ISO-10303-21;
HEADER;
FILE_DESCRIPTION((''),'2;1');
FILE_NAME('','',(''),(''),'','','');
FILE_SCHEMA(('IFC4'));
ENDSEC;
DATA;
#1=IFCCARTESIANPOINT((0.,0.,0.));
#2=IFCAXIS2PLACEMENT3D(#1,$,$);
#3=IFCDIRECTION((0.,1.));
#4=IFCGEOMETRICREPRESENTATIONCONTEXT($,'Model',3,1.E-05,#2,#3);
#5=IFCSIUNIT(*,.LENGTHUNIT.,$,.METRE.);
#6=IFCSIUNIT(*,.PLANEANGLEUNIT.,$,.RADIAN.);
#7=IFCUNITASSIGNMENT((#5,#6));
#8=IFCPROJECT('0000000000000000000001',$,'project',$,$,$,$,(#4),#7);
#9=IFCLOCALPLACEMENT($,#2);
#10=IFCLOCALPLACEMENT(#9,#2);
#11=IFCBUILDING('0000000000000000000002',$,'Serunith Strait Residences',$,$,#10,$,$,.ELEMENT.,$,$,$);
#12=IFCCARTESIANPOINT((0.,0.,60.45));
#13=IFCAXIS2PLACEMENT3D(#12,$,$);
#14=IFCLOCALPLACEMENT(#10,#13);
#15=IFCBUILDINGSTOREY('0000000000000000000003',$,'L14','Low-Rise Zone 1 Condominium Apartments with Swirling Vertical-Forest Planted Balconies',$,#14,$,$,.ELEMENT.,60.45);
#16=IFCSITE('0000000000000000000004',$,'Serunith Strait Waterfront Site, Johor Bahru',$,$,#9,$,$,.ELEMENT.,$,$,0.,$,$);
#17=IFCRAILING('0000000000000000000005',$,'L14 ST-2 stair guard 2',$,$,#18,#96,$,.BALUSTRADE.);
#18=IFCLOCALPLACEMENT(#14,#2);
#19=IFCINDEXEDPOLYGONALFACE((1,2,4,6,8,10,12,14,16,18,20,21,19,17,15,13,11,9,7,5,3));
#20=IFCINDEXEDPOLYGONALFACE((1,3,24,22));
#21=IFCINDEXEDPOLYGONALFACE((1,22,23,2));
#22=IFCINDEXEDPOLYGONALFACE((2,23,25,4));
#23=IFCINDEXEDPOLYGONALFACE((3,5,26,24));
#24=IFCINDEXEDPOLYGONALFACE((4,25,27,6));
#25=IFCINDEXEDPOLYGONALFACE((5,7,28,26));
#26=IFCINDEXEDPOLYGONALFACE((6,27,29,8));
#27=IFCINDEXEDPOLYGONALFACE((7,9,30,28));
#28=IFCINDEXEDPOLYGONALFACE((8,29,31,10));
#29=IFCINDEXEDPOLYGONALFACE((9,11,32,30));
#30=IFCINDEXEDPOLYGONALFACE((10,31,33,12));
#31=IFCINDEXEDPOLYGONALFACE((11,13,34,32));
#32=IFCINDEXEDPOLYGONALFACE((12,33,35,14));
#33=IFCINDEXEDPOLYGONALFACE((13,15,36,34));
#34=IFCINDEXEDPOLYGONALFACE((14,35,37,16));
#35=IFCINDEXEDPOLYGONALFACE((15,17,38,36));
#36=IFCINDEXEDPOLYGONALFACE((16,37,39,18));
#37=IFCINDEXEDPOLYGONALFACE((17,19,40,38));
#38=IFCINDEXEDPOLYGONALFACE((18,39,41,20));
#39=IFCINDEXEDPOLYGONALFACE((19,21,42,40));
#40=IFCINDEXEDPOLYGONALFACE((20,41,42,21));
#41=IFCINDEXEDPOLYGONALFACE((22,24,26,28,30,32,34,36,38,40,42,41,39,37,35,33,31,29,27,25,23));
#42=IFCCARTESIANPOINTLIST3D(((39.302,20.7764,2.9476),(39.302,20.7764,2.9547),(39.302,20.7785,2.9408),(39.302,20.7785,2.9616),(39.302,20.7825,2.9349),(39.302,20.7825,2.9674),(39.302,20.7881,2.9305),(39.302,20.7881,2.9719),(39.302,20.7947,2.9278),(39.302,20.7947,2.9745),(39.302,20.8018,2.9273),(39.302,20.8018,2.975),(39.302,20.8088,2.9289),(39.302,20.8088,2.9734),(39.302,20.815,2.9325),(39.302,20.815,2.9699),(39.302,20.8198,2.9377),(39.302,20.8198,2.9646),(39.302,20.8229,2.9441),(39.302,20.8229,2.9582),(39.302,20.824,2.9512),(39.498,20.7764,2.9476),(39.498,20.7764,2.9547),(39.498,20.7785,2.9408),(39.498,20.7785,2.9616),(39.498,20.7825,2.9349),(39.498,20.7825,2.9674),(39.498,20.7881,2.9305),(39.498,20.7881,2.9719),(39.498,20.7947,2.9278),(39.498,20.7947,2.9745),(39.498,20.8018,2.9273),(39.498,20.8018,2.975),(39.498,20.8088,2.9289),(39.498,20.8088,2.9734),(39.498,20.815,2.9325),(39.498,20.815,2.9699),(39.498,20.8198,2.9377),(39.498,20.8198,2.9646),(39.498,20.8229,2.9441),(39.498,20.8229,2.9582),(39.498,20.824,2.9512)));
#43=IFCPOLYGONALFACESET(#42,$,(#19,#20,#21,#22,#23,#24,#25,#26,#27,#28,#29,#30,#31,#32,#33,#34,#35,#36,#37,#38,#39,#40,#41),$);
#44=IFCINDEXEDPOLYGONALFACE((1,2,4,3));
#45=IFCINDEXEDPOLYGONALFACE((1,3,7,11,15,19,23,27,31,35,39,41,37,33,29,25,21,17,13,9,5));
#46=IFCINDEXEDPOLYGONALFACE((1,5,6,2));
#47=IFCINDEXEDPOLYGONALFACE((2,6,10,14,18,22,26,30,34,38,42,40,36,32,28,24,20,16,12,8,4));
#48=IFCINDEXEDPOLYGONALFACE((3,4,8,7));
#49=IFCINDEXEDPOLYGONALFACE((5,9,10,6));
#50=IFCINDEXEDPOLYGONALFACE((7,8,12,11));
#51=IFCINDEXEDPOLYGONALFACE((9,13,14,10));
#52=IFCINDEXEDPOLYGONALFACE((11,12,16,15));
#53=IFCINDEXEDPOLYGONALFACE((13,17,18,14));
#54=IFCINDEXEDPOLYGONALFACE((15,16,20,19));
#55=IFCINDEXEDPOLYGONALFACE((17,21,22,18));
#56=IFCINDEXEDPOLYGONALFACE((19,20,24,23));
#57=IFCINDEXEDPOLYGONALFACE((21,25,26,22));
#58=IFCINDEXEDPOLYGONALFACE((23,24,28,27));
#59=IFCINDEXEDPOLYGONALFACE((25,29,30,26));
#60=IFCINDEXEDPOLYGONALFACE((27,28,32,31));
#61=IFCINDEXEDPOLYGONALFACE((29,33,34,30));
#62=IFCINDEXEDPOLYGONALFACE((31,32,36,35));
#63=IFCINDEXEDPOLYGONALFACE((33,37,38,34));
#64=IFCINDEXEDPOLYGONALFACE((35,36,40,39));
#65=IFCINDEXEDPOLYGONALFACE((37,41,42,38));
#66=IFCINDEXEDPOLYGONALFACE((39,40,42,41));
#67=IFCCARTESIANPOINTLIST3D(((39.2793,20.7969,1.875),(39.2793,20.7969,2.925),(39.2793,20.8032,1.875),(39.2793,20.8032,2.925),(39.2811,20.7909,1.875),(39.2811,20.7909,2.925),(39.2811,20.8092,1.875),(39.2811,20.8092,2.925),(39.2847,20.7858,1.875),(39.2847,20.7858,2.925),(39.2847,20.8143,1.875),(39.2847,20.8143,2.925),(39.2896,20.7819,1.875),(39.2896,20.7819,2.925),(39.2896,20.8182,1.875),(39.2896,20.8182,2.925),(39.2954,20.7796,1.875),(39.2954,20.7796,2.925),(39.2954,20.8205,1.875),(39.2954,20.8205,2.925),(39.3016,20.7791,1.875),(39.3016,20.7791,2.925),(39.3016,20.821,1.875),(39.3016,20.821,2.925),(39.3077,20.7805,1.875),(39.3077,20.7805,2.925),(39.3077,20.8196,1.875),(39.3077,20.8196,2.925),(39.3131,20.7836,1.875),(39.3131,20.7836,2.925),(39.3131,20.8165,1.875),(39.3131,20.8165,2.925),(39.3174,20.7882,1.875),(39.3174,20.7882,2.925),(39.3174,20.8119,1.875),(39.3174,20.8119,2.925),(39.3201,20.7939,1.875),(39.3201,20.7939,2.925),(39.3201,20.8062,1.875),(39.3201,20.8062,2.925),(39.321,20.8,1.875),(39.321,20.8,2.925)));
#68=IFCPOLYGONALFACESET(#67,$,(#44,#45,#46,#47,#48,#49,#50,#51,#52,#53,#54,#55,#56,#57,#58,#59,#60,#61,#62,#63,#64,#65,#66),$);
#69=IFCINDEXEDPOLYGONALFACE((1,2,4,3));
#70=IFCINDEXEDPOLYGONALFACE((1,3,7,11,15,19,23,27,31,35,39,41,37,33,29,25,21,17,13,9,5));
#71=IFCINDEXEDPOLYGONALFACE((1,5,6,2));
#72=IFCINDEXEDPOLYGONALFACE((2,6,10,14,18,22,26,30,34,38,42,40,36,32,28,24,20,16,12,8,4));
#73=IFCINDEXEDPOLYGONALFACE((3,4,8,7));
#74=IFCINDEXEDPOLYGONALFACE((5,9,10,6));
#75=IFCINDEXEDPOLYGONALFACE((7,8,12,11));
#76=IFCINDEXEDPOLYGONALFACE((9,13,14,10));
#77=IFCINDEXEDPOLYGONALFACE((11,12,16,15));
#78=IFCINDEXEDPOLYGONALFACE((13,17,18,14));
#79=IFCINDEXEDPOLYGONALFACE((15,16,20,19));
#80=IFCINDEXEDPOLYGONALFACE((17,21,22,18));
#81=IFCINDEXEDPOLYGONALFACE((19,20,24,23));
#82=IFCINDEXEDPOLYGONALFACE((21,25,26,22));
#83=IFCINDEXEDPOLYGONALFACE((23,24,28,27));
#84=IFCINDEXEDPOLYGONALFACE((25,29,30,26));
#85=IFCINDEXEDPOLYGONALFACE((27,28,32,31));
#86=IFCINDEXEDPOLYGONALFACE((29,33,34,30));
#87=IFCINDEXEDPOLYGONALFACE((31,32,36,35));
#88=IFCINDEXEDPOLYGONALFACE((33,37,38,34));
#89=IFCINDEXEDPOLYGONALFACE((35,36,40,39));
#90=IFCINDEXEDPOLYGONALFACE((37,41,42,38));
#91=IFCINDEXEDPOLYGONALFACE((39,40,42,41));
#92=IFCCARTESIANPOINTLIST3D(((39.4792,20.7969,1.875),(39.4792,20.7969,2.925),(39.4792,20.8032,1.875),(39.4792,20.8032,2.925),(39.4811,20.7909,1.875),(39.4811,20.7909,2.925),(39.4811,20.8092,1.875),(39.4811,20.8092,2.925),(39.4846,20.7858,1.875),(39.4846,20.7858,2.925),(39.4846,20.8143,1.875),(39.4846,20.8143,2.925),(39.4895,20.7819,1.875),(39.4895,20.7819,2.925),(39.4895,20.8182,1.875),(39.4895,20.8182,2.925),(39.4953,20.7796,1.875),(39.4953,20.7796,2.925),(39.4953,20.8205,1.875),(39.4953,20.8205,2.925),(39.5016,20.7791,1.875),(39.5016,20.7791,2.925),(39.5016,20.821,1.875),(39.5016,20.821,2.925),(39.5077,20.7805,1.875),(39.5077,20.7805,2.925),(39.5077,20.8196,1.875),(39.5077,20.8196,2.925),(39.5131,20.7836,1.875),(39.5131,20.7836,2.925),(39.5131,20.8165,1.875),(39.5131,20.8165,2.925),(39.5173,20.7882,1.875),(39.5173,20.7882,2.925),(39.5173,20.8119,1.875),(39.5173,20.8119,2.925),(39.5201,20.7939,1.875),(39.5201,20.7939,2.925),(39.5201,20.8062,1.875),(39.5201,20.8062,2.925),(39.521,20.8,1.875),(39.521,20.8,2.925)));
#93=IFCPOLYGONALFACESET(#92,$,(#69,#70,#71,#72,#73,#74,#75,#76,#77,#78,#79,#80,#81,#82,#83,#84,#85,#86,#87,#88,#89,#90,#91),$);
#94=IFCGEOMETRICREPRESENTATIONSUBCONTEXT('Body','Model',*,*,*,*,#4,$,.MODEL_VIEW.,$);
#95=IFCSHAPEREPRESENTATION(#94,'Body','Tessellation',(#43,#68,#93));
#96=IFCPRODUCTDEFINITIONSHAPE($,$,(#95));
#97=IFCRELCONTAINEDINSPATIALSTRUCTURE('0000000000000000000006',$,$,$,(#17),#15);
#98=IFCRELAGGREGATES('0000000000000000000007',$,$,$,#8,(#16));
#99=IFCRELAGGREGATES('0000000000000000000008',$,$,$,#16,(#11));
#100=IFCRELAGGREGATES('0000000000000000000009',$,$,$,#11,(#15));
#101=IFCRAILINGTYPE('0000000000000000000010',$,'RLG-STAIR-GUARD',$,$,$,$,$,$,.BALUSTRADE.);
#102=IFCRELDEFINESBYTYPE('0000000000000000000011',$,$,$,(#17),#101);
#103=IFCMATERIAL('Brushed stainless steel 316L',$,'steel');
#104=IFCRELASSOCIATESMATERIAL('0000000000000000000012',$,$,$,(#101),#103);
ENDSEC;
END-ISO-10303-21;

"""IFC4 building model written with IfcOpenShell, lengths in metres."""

from ifc_helpers import new_model, si_unit, direction, frame, origin, origin_2d, place, context, subcontext, project, spatial, circle, extrude, material, type_object, element, save


model = new_model("IFC4")

# Units and contexts
model_context = context("Model", 3, precision=1e-05, world=origin(), true_north=direction((0.0, 1.0)))
body_context = subcontext(model_context, "Body", "Model", "MODEL_VIEW")
ifc_project = project(units=[si_unit("LENGTHUNIT", "METRE"), si_unit("PLANEANGLEUNIT", "RADIAN")], contexts=[model_context])

# Site, building, storey
site_placement = place(None, origin())
site = spatial("IfcSite", under=ifc_project, at=site_placement, Name="Serunith Strait Waterfront Site, Johor Bahru", CompositionType="ELEMENT", RefElevation=0.0)
building_placement = place(site_placement, origin())
building = spatial("IfcBuilding", under=site, at=building_placement, Name="Serunith Strait Residences", CompositionType="ELEMENT")
storey_placement = place(building_placement, frame((0.0, 0.0, 60.45)))
storey = spatial("IfcBuildingStorey", under=building, at=storey_placement, Name="L14", Description="Low-Rise Zone 1 Condominium Apartments with Swirling Vertical-Forest Planted Balconies", CompositionType="ELEMENT", Elevation=60.45)

# Railing
ifc_material_1 = material(Name="Brushed stainless steel 316L", Category="steel")
railing_type_1 = type_object("IfcRailingType", Name="RLG-STAIR-GUARD", PredefinedType="BALUSTRADE", material=ifc_material_1)
railing_1_placement = place(storey_placement, frame((39.3, 20.8, 1.875)))
element("IfcRailing", 1, at=railing_1_placement, inside=storey, type_object=railing_type_1, Name="L14 ST-2 stair guard 2", PredefinedType="BALUSTRADE", context=body_context, shape_type="SweptSolid", body=[
    extrude(circle(Radius=0.0239, at=origin_2d()), frame((0.002, 0.0, 1.0762), z_axis=(1.0, 0.0, 0.0), x_axis=(0.0, 1.0, 0.0)), (0.0, 0.0, 1.0), 0.196),
    extrude(circle(Radius=0.021, at=origin_2d()), origin(), (0.0, 0.0, 1.0), 1.05),
    extrude(circle(Radius=0.021, at=origin_2d()), frame((0.2, 0.0, 0.0)), (0.0, 0.0, 1.0), 1.05),
])

save(model, "model.ifc")
